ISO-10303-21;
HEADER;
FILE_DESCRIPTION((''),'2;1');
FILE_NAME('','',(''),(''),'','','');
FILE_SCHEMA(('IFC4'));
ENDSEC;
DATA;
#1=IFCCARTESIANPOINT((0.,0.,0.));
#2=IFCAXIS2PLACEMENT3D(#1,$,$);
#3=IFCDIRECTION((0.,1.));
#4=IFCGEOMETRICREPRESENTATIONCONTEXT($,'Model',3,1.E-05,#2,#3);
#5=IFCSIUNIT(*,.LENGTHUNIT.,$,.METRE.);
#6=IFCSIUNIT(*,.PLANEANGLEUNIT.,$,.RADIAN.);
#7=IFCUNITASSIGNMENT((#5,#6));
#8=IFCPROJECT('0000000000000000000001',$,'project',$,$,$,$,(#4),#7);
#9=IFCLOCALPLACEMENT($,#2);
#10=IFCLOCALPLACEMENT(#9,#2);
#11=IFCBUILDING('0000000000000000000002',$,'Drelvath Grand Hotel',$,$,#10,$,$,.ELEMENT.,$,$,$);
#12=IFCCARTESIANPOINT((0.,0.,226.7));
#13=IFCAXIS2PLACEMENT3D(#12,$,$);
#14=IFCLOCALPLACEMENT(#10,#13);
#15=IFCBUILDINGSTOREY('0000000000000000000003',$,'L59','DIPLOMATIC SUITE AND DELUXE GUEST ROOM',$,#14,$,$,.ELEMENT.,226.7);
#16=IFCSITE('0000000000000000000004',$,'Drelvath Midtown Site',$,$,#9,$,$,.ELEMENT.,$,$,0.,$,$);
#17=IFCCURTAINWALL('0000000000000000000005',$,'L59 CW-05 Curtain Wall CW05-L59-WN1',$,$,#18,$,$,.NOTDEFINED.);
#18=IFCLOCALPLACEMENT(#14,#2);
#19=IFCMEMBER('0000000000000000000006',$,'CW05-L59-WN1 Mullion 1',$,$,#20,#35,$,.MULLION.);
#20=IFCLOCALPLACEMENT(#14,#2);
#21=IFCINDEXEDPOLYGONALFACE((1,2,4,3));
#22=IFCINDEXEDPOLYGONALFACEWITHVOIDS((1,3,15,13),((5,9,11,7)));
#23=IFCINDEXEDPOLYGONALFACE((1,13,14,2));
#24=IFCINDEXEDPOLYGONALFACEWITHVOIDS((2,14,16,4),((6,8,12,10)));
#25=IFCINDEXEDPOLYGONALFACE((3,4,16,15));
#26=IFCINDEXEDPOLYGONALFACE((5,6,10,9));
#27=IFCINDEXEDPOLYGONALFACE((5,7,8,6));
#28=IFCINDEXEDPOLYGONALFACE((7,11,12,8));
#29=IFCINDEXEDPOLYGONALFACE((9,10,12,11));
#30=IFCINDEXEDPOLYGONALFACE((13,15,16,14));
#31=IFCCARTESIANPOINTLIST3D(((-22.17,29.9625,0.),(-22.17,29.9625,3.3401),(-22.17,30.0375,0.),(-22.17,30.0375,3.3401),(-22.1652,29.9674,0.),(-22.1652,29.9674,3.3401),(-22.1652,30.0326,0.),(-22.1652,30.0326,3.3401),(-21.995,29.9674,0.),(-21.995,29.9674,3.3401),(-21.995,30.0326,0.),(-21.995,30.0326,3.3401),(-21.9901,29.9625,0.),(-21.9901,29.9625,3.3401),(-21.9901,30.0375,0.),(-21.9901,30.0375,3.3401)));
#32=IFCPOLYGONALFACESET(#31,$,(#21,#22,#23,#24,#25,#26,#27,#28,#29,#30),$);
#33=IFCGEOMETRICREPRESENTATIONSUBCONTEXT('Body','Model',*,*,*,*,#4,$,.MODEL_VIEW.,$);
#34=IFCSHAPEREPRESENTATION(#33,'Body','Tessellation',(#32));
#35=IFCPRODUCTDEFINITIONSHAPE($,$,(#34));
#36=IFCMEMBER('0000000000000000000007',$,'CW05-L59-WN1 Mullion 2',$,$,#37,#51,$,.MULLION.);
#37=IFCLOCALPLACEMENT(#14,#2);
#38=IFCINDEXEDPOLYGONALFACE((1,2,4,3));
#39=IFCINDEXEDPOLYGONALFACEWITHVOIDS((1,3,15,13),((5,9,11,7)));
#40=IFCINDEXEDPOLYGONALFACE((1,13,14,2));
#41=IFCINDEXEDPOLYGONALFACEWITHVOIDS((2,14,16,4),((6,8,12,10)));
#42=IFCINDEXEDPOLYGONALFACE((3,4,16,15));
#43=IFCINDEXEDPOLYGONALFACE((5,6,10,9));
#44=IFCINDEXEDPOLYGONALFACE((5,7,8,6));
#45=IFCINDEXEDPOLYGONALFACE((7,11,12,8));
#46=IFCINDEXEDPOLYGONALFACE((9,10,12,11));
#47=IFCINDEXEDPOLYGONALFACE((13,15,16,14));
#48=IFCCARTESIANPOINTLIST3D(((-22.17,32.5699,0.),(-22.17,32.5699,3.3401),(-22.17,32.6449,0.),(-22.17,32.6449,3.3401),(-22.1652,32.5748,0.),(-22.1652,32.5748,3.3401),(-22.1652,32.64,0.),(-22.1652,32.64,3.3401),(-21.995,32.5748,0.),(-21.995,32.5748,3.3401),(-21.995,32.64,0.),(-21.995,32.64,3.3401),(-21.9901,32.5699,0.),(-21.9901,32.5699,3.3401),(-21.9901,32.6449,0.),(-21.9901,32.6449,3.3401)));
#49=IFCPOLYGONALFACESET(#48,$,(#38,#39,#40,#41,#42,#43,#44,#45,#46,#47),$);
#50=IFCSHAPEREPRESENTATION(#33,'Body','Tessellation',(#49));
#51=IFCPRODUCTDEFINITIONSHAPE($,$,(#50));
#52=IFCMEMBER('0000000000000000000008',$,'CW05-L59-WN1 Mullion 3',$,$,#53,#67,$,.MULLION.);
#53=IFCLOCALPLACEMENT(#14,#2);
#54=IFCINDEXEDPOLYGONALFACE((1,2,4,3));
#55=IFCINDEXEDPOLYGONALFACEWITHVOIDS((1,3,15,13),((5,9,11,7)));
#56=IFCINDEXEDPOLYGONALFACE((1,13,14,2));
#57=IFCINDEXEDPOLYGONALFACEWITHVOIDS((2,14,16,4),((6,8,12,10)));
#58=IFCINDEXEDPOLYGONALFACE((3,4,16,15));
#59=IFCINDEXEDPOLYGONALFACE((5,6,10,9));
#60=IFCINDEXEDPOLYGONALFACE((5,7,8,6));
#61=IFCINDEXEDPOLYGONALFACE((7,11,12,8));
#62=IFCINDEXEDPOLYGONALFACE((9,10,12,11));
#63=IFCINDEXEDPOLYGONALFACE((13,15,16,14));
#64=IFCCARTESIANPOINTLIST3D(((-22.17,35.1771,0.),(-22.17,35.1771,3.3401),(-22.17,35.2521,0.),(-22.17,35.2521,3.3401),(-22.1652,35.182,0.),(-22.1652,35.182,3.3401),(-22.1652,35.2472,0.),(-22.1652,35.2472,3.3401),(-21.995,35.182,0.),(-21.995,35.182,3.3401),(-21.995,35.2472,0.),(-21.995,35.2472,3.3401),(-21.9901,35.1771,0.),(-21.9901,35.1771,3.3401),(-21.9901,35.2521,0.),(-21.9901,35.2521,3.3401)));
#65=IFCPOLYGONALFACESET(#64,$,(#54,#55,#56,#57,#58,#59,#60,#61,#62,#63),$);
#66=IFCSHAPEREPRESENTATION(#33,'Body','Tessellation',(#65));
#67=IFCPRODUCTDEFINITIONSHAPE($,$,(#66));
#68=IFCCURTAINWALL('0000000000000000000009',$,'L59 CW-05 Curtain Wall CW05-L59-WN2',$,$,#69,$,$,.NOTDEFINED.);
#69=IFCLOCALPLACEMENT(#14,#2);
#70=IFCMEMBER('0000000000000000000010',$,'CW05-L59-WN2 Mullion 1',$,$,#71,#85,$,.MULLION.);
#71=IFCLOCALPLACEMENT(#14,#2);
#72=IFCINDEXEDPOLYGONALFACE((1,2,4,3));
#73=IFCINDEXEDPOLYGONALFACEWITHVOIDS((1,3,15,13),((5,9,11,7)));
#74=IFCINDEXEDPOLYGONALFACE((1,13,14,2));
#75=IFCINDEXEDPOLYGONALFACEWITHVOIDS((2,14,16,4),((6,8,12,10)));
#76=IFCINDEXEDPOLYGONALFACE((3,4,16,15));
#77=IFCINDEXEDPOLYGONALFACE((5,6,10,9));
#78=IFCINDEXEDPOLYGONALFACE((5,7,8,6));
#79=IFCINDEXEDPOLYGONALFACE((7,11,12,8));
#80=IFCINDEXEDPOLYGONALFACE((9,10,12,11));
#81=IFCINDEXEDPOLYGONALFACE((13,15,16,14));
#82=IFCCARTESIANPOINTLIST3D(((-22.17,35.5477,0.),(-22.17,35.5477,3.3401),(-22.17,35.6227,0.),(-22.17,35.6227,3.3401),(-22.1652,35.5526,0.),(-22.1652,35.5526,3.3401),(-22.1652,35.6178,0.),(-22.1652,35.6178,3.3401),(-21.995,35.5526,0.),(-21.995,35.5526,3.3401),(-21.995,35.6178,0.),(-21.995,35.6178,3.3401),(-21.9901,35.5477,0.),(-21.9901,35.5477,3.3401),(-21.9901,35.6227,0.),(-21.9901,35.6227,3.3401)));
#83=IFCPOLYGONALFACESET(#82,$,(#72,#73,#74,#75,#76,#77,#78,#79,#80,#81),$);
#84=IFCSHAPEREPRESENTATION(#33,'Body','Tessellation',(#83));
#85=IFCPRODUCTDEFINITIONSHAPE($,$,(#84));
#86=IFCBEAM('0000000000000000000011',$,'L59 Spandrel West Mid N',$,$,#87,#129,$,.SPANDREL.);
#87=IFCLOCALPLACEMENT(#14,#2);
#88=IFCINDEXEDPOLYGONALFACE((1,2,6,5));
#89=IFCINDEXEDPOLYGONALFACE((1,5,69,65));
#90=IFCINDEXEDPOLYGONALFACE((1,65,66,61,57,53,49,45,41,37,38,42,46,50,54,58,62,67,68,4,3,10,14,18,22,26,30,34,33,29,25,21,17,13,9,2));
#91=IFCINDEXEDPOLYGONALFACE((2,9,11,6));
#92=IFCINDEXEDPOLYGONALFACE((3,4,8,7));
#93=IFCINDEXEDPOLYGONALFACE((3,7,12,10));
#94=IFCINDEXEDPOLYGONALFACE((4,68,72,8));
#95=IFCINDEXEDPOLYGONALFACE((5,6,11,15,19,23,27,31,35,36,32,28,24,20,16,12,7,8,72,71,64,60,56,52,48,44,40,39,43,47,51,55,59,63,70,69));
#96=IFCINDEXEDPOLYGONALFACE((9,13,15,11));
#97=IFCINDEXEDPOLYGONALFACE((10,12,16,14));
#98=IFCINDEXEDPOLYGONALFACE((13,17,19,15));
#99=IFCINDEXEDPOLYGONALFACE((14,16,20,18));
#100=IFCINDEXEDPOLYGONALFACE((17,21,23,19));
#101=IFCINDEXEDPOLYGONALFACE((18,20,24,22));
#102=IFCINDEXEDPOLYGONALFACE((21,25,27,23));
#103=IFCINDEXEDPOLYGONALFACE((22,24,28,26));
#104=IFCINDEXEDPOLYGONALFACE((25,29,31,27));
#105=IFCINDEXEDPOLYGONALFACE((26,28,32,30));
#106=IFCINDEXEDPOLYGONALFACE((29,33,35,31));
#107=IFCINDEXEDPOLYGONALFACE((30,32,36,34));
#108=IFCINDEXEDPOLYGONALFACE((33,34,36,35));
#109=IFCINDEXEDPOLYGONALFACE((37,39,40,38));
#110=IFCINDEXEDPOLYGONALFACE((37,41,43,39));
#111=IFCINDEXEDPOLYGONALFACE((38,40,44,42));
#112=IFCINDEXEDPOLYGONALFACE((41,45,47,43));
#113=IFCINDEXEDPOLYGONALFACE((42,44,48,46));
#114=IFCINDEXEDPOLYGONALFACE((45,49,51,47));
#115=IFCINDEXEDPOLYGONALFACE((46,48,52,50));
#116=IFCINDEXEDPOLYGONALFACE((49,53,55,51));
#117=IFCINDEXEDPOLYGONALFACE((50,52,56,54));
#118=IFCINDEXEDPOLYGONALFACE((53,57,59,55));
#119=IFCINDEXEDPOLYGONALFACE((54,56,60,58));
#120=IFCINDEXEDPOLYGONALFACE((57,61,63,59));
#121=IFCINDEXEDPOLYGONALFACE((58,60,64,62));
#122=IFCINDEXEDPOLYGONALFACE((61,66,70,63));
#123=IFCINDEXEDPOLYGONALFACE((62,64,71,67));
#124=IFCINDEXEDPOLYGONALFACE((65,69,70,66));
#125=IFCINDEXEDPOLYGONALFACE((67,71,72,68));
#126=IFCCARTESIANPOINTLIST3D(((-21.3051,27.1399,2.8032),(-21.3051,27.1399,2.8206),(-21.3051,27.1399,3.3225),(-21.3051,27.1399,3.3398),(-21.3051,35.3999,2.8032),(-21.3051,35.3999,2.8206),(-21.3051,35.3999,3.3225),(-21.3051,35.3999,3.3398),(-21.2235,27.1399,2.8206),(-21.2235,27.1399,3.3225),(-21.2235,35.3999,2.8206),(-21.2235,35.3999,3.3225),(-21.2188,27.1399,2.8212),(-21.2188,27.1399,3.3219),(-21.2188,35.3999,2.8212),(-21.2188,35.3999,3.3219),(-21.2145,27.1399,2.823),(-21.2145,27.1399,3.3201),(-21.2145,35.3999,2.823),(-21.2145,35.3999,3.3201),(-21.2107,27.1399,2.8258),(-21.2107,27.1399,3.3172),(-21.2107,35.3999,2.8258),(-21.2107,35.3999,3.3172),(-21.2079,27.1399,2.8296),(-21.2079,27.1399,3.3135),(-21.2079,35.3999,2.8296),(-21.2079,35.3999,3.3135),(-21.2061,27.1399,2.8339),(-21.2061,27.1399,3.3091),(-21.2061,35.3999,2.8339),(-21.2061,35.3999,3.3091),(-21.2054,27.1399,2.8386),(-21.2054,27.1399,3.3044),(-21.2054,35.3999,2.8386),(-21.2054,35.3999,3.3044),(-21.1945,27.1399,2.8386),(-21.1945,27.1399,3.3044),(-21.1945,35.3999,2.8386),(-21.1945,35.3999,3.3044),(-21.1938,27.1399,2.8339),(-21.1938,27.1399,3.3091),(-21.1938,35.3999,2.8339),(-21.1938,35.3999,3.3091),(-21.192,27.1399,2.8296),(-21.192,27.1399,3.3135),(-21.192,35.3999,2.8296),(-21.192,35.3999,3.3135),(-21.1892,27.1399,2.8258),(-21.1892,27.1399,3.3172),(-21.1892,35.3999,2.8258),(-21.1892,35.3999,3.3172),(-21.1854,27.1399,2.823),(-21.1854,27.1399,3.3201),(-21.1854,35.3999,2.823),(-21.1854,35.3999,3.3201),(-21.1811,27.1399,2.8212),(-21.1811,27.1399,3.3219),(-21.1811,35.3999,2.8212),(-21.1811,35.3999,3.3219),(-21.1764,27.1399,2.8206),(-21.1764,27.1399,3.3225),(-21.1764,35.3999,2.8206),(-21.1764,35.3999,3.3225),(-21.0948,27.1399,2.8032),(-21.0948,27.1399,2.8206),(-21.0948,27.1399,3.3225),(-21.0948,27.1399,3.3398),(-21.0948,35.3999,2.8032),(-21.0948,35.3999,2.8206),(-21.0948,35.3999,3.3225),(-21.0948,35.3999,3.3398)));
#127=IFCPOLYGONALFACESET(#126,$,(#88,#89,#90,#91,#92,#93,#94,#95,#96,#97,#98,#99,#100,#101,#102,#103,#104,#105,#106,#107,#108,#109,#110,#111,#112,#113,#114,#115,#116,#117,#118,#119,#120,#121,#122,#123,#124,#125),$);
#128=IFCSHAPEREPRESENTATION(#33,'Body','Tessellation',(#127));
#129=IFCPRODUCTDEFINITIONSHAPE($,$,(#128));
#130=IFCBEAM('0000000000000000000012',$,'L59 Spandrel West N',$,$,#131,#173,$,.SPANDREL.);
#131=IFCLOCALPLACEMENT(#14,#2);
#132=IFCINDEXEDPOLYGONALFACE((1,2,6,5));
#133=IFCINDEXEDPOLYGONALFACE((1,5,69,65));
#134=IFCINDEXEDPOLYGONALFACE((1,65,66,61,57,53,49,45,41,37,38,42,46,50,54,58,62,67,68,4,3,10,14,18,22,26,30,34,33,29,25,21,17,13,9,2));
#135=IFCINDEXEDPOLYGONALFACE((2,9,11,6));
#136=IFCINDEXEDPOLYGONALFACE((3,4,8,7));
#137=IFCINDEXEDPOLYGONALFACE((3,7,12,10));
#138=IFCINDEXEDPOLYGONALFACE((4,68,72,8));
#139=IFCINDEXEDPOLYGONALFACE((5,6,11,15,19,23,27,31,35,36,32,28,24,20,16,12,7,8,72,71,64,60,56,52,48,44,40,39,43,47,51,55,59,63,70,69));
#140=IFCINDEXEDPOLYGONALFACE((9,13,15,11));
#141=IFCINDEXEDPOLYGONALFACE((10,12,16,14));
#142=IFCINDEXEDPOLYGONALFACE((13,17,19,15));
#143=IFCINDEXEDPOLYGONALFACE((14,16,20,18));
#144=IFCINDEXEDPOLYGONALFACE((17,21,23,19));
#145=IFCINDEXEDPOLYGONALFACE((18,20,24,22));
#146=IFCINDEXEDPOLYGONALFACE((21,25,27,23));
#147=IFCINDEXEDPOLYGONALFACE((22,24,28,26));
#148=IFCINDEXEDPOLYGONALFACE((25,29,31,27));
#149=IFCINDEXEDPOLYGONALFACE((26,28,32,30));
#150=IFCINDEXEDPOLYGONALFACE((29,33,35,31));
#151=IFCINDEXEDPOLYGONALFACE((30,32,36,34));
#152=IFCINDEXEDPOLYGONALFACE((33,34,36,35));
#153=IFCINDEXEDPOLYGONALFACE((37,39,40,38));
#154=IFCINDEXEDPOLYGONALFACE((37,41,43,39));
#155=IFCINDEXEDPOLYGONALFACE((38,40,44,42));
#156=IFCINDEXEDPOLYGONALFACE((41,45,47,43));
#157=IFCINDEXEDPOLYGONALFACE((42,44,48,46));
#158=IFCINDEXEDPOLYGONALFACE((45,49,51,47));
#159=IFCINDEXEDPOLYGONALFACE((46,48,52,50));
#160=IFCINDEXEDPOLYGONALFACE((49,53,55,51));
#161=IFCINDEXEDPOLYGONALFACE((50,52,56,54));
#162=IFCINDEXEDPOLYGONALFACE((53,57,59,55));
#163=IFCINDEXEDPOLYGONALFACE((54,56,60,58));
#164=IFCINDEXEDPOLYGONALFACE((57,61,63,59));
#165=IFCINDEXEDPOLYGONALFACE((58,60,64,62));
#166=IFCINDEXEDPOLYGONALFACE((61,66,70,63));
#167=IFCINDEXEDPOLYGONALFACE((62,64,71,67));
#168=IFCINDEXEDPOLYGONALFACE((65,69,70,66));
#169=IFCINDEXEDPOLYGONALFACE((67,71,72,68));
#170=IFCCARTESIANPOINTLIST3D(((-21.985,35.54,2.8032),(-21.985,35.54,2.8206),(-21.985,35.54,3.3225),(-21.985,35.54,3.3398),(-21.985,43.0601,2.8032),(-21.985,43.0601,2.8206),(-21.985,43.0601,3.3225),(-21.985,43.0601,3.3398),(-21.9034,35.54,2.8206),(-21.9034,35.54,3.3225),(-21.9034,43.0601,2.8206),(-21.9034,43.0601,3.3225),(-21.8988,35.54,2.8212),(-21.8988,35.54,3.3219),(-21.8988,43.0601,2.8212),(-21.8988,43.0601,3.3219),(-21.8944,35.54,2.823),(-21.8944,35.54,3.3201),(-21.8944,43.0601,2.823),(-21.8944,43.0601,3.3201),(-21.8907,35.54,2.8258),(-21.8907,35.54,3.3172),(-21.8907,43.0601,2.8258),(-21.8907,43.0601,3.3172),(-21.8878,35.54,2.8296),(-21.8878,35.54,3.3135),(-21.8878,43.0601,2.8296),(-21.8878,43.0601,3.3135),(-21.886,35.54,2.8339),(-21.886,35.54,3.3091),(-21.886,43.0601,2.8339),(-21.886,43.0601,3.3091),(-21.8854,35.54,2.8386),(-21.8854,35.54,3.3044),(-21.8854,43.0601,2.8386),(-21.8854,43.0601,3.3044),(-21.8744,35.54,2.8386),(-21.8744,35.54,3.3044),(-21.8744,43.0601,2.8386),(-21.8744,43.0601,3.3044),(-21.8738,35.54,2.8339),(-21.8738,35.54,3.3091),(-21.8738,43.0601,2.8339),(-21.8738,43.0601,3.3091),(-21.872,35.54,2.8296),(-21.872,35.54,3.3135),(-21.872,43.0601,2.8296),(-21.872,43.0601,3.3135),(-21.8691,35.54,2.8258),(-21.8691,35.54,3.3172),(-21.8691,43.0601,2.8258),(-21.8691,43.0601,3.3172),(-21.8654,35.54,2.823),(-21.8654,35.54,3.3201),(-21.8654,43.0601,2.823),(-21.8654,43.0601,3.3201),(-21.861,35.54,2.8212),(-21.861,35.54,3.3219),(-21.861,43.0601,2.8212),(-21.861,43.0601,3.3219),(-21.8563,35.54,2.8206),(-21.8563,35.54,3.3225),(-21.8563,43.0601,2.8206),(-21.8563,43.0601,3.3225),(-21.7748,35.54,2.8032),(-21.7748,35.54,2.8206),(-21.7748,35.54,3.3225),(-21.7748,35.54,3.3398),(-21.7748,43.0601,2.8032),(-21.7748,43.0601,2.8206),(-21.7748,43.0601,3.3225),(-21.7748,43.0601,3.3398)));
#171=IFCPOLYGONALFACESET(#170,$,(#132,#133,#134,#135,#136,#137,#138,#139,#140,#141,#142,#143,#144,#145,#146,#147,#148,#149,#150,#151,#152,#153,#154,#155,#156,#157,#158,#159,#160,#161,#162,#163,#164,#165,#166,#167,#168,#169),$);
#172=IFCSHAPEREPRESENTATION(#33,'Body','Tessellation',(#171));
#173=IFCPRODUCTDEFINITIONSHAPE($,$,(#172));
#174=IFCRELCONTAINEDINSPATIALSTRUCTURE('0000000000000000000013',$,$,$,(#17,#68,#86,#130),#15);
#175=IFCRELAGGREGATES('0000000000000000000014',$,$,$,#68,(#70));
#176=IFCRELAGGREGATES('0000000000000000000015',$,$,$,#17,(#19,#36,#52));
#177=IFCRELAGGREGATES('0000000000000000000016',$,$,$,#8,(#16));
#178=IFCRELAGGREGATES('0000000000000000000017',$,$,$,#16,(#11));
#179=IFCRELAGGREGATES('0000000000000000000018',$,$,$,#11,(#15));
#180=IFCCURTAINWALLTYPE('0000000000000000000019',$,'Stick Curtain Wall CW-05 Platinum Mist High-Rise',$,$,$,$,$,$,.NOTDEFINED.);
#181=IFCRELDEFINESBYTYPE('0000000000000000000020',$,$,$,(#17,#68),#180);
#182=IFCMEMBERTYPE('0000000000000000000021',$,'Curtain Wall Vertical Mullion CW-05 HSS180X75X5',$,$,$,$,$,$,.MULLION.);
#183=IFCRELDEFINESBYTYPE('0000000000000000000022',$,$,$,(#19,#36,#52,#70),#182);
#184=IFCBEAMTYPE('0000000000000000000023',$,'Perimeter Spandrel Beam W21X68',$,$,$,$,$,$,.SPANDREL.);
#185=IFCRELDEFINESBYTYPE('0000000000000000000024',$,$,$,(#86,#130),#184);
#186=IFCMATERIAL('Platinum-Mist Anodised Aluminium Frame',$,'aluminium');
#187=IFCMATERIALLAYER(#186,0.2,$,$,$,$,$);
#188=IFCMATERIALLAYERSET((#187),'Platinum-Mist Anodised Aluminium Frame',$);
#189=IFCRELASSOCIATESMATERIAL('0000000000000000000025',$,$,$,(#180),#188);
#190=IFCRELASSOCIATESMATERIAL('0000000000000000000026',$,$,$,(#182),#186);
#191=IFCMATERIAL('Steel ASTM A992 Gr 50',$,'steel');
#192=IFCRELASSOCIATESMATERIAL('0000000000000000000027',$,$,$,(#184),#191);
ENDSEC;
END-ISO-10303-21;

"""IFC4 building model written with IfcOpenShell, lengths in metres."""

from ifc_helpers import new_model, si_unit, direction, frame, origin, origin_2d, place, context, subcontext, project, spatial, hollow_rectangle, i_section, extrude, material, layer, layer_set, material_profile, profile_set, type_object, element, aggregate, save


model = new_model("IFC4")

# Units and contexts
model_context = context("Model", 3, precision=1e-05, world=origin(), true_north=direction((0.0, 1.0)))
body_context = subcontext(model_context, "Body", "Model", "MODEL_VIEW")
ifc_project = project(units=[si_unit("LENGTHUNIT", "METRE"), si_unit("PLANEANGLEUNIT", "RADIAN")], contexts=[model_context])

# Site, building, storey
site_placement = place(None, origin())
site = spatial("IfcSite", under=ifc_project, at=site_placement, Name="Drelvath Midtown Site", CompositionType="ELEMENT", RefElevation=0.0)
building_placement = place(site_placement, origin())
building = spatial("IfcBuilding", under=site, at=building_placement, Name="Drelvath Grand Hotel", CompositionType="ELEMENT")
storey_placement = place(building_placement, frame((0.0, 0.0, 226.7)))
storey = spatial("IfcBuildingStorey", under=building, at=storey_placement, Name="L59", Description="DIPLOMATIC SUITE AND DELUXE GUEST ROOM", CompositionType="ELEMENT", Elevation=226.7)

# Curtain wall
ifc_material_1 = material(Name="Platinum-Mist Anodised Aluminium Frame", Category="aluminium")
ifc_layer_1 = layer(ifc_material_1, 0.2)
ifc_layer_set_1 = layer_set([ifc_layer_1], Name="Platinum-Mist Anodised Aluminium Frame")
curtain_wall_type = type_object("IfcCurtainWallType", Name="Stick Curtain Wall CW-05 Platinum Mist High-Rise", PredefinedType="NOTDEFINED", material=ifc_layer_set_1)
curtain_wall_1_placement = place(storey_placement, origin())
curtain_wall_1 = element("IfcCurtainWall", 1, at=curtain_wall_1_placement, inside=storey, type_object=curtain_wall_type, Name="L59 CW-05 Curtain Wall CW05-L59-WN1", PredefinedType="NOTDEFINED")
ifc_material_profile_1 = material_profile(ifc_material_1, hollow_rectangle(XDim=0.075, YDim=0.1799, WallThickness=0.0049, at=origin_2d()), Name="HSS180X75X5")
ifc_profile_set_1 = profile_set([ifc_material_profile_1], Name="Platinum-Mist Anodised Aluminium Frame")
member_type_1 = type_object("IfcMemberType", Name="Curtain Wall Vertical Mullion CW-05 HSS180X75X5", PredefinedType="MULLION", material=ifc_profile_set_1)

# Members
member_1_placement = place(storey_placement, frame((-22.0801, 30.0, 0.0), z_axis=(0.0, 0.0, 1.0), x_axis=(0.0, 1.0, 0.0)))
member_1 = element("IfcMember", 2, at=member_1_placement, type_object=member_type_1, Name="CW05-L59-WN1 Mullion 1", PredefinedType="MULLION", context=body_context, shape_type="SweptSolid", body=[
    extrude(hollow_rectangle(XDim=0.075, YDim=0.1799, WallThickness=0.0049, at=origin_2d()), origin(), (0.0, 0.0, 1.0), 3.3401),
])
member_2_placement = place(storey_placement, frame((-22.0801, 32.6074, 0.0), z_axis=(0.0, 0.0, 1.0), x_axis=(0.0, 1.0, 0.0)))
member_2 = element("IfcMember", 3, at=member_2_placement, type_object=member_type_1, Name="CW05-L59-WN1 Mullion 2", PredefinedType="MULLION", context=body_context, shape_type="SweptSolid", body=[
    extrude(hollow_rectangle(XDim=0.075, YDim=0.1799, WallThickness=0.0049, at=origin_2d()), origin(), (0.0, 0.0, 1.0), 3.3401),
])
member_3_placement = place(storey_placement, frame((-22.0801, 35.2146, 0.0), z_axis=(0.0, 0.0, 1.0), x_axis=(0.0, 1.0, 0.0)))
member_3 = element("IfcMember", 4, at=member_3_placement, type_object=member_type_1, Name="CW05-L59-WN1 Mullion 3", PredefinedType="MULLION", context=body_context, shape_type="SweptSolid", body=[
    extrude(hollow_rectangle(XDim=0.075, YDim=0.1799, WallThickness=0.0049, at=origin_2d()), origin(), (0.0, 0.0, 1.0), 3.3401),
])

# Curtain wall, member
curtain_wall_2_placement = place(storey_placement, origin())
curtain_wall_2 = element("IfcCurtainWall", 5, at=curtain_wall_2_placement, inside=storey, type_object=curtain_wall_type, Name="L59 CW-05 Curtain Wall CW05-L59-WN2", PredefinedType="NOTDEFINED")
member_4_placement = place(storey_placement, frame((-22.0801, 35.5852, 0.0), z_axis=(0.0, 0.0, 1.0), x_axis=(0.0, 1.0, 0.0)))
member_4 = element("IfcMember", 6, at=member_4_placement, type_object=member_type_1, Name="CW05-L59-WN2 Mullion 1", PredefinedType="MULLION", context=body_context, shape_type="SweptSolid", body=[
    extrude(hollow_rectangle(XDim=0.075, YDim=0.1799, WallThickness=0.0049, at=origin_2d()), origin(), (0.0, 0.0, 1.0), 3.3401),
])
aggregate(curtain_wall_2, [member_4])

# Beams
ifc_material_2 = material(Name="Steel ASTM A992 Gr 50", Category="steel")
ifc_material_profile_2 = material_profile(ifc_material_2, i_section(OverallWidth=0.2102, OverallDepth=0.5366, WebThickness=0.011, FlangeThickness=0.0173, FilletRadius=0.0181, at=origin_2d()), Name="W21X68")
ifc_profile_set_2 = profile_set([ifc_material_profile_2], Name="Steel ASTM A992 Gr 50")
beam_type_1 = type_object("IfcBeamType", Name="Perimeter Spandrel Beam W21X68", PredefinedType="SPANDREL", material=ifc_profile_set_2)
beam_1_placement = place(storey_placement, frame((-21.2, 27.1399, 3.0715), z_axis=(0.0, 1.0, 0.0), x_axis=(-1.0, 0.0, 0.0)))
element("IfcBeam", 7, at=beam_1_placement, inside=storey, type_object=beam_type_1, Name="L59 Spandrel West Mid N", PredefinedType="SPANDREL", context=body_context, shape_type="SweptSolid", body=[
    extrude(i_section(OverallWidth=0.2102, OverallDepth=0.5366, WebThickness=0.011, FlangeThickness=0.0173, FilletRadius=0.0181, at=origin_2d()), origin(), (0.0, 0.0, 1.0), 8.26),
])
beam_2_placement = place(storey_placement, frame((-21.8799, 35.54, 3.0715), z_axis=(0.0, 1.0, 0.0), x_axis=(-1.0, 0.0, 0.0)))
element("IfcBeam", 8, at=beam_2_placement, inside=storey, type_object=beam_type_1, Name="L59 Spandrel West N", PredefinedType="SPANDREL", context=body_context, shape_type="SweptSolid", body=[
    extrude(i_section(OverallWidth=0.2102, OverallDepth=0.5366, WebThickness=0.011, FlangeThickness=0.0173, FilletRadius=0.0181, at=origin_2d()), origin(), (0.0, 0.0, 1.0), 7.52),
])

aggregate(curtain_wall_1, [member_1, member_2, member_3])

save(model, "model.ifc")
